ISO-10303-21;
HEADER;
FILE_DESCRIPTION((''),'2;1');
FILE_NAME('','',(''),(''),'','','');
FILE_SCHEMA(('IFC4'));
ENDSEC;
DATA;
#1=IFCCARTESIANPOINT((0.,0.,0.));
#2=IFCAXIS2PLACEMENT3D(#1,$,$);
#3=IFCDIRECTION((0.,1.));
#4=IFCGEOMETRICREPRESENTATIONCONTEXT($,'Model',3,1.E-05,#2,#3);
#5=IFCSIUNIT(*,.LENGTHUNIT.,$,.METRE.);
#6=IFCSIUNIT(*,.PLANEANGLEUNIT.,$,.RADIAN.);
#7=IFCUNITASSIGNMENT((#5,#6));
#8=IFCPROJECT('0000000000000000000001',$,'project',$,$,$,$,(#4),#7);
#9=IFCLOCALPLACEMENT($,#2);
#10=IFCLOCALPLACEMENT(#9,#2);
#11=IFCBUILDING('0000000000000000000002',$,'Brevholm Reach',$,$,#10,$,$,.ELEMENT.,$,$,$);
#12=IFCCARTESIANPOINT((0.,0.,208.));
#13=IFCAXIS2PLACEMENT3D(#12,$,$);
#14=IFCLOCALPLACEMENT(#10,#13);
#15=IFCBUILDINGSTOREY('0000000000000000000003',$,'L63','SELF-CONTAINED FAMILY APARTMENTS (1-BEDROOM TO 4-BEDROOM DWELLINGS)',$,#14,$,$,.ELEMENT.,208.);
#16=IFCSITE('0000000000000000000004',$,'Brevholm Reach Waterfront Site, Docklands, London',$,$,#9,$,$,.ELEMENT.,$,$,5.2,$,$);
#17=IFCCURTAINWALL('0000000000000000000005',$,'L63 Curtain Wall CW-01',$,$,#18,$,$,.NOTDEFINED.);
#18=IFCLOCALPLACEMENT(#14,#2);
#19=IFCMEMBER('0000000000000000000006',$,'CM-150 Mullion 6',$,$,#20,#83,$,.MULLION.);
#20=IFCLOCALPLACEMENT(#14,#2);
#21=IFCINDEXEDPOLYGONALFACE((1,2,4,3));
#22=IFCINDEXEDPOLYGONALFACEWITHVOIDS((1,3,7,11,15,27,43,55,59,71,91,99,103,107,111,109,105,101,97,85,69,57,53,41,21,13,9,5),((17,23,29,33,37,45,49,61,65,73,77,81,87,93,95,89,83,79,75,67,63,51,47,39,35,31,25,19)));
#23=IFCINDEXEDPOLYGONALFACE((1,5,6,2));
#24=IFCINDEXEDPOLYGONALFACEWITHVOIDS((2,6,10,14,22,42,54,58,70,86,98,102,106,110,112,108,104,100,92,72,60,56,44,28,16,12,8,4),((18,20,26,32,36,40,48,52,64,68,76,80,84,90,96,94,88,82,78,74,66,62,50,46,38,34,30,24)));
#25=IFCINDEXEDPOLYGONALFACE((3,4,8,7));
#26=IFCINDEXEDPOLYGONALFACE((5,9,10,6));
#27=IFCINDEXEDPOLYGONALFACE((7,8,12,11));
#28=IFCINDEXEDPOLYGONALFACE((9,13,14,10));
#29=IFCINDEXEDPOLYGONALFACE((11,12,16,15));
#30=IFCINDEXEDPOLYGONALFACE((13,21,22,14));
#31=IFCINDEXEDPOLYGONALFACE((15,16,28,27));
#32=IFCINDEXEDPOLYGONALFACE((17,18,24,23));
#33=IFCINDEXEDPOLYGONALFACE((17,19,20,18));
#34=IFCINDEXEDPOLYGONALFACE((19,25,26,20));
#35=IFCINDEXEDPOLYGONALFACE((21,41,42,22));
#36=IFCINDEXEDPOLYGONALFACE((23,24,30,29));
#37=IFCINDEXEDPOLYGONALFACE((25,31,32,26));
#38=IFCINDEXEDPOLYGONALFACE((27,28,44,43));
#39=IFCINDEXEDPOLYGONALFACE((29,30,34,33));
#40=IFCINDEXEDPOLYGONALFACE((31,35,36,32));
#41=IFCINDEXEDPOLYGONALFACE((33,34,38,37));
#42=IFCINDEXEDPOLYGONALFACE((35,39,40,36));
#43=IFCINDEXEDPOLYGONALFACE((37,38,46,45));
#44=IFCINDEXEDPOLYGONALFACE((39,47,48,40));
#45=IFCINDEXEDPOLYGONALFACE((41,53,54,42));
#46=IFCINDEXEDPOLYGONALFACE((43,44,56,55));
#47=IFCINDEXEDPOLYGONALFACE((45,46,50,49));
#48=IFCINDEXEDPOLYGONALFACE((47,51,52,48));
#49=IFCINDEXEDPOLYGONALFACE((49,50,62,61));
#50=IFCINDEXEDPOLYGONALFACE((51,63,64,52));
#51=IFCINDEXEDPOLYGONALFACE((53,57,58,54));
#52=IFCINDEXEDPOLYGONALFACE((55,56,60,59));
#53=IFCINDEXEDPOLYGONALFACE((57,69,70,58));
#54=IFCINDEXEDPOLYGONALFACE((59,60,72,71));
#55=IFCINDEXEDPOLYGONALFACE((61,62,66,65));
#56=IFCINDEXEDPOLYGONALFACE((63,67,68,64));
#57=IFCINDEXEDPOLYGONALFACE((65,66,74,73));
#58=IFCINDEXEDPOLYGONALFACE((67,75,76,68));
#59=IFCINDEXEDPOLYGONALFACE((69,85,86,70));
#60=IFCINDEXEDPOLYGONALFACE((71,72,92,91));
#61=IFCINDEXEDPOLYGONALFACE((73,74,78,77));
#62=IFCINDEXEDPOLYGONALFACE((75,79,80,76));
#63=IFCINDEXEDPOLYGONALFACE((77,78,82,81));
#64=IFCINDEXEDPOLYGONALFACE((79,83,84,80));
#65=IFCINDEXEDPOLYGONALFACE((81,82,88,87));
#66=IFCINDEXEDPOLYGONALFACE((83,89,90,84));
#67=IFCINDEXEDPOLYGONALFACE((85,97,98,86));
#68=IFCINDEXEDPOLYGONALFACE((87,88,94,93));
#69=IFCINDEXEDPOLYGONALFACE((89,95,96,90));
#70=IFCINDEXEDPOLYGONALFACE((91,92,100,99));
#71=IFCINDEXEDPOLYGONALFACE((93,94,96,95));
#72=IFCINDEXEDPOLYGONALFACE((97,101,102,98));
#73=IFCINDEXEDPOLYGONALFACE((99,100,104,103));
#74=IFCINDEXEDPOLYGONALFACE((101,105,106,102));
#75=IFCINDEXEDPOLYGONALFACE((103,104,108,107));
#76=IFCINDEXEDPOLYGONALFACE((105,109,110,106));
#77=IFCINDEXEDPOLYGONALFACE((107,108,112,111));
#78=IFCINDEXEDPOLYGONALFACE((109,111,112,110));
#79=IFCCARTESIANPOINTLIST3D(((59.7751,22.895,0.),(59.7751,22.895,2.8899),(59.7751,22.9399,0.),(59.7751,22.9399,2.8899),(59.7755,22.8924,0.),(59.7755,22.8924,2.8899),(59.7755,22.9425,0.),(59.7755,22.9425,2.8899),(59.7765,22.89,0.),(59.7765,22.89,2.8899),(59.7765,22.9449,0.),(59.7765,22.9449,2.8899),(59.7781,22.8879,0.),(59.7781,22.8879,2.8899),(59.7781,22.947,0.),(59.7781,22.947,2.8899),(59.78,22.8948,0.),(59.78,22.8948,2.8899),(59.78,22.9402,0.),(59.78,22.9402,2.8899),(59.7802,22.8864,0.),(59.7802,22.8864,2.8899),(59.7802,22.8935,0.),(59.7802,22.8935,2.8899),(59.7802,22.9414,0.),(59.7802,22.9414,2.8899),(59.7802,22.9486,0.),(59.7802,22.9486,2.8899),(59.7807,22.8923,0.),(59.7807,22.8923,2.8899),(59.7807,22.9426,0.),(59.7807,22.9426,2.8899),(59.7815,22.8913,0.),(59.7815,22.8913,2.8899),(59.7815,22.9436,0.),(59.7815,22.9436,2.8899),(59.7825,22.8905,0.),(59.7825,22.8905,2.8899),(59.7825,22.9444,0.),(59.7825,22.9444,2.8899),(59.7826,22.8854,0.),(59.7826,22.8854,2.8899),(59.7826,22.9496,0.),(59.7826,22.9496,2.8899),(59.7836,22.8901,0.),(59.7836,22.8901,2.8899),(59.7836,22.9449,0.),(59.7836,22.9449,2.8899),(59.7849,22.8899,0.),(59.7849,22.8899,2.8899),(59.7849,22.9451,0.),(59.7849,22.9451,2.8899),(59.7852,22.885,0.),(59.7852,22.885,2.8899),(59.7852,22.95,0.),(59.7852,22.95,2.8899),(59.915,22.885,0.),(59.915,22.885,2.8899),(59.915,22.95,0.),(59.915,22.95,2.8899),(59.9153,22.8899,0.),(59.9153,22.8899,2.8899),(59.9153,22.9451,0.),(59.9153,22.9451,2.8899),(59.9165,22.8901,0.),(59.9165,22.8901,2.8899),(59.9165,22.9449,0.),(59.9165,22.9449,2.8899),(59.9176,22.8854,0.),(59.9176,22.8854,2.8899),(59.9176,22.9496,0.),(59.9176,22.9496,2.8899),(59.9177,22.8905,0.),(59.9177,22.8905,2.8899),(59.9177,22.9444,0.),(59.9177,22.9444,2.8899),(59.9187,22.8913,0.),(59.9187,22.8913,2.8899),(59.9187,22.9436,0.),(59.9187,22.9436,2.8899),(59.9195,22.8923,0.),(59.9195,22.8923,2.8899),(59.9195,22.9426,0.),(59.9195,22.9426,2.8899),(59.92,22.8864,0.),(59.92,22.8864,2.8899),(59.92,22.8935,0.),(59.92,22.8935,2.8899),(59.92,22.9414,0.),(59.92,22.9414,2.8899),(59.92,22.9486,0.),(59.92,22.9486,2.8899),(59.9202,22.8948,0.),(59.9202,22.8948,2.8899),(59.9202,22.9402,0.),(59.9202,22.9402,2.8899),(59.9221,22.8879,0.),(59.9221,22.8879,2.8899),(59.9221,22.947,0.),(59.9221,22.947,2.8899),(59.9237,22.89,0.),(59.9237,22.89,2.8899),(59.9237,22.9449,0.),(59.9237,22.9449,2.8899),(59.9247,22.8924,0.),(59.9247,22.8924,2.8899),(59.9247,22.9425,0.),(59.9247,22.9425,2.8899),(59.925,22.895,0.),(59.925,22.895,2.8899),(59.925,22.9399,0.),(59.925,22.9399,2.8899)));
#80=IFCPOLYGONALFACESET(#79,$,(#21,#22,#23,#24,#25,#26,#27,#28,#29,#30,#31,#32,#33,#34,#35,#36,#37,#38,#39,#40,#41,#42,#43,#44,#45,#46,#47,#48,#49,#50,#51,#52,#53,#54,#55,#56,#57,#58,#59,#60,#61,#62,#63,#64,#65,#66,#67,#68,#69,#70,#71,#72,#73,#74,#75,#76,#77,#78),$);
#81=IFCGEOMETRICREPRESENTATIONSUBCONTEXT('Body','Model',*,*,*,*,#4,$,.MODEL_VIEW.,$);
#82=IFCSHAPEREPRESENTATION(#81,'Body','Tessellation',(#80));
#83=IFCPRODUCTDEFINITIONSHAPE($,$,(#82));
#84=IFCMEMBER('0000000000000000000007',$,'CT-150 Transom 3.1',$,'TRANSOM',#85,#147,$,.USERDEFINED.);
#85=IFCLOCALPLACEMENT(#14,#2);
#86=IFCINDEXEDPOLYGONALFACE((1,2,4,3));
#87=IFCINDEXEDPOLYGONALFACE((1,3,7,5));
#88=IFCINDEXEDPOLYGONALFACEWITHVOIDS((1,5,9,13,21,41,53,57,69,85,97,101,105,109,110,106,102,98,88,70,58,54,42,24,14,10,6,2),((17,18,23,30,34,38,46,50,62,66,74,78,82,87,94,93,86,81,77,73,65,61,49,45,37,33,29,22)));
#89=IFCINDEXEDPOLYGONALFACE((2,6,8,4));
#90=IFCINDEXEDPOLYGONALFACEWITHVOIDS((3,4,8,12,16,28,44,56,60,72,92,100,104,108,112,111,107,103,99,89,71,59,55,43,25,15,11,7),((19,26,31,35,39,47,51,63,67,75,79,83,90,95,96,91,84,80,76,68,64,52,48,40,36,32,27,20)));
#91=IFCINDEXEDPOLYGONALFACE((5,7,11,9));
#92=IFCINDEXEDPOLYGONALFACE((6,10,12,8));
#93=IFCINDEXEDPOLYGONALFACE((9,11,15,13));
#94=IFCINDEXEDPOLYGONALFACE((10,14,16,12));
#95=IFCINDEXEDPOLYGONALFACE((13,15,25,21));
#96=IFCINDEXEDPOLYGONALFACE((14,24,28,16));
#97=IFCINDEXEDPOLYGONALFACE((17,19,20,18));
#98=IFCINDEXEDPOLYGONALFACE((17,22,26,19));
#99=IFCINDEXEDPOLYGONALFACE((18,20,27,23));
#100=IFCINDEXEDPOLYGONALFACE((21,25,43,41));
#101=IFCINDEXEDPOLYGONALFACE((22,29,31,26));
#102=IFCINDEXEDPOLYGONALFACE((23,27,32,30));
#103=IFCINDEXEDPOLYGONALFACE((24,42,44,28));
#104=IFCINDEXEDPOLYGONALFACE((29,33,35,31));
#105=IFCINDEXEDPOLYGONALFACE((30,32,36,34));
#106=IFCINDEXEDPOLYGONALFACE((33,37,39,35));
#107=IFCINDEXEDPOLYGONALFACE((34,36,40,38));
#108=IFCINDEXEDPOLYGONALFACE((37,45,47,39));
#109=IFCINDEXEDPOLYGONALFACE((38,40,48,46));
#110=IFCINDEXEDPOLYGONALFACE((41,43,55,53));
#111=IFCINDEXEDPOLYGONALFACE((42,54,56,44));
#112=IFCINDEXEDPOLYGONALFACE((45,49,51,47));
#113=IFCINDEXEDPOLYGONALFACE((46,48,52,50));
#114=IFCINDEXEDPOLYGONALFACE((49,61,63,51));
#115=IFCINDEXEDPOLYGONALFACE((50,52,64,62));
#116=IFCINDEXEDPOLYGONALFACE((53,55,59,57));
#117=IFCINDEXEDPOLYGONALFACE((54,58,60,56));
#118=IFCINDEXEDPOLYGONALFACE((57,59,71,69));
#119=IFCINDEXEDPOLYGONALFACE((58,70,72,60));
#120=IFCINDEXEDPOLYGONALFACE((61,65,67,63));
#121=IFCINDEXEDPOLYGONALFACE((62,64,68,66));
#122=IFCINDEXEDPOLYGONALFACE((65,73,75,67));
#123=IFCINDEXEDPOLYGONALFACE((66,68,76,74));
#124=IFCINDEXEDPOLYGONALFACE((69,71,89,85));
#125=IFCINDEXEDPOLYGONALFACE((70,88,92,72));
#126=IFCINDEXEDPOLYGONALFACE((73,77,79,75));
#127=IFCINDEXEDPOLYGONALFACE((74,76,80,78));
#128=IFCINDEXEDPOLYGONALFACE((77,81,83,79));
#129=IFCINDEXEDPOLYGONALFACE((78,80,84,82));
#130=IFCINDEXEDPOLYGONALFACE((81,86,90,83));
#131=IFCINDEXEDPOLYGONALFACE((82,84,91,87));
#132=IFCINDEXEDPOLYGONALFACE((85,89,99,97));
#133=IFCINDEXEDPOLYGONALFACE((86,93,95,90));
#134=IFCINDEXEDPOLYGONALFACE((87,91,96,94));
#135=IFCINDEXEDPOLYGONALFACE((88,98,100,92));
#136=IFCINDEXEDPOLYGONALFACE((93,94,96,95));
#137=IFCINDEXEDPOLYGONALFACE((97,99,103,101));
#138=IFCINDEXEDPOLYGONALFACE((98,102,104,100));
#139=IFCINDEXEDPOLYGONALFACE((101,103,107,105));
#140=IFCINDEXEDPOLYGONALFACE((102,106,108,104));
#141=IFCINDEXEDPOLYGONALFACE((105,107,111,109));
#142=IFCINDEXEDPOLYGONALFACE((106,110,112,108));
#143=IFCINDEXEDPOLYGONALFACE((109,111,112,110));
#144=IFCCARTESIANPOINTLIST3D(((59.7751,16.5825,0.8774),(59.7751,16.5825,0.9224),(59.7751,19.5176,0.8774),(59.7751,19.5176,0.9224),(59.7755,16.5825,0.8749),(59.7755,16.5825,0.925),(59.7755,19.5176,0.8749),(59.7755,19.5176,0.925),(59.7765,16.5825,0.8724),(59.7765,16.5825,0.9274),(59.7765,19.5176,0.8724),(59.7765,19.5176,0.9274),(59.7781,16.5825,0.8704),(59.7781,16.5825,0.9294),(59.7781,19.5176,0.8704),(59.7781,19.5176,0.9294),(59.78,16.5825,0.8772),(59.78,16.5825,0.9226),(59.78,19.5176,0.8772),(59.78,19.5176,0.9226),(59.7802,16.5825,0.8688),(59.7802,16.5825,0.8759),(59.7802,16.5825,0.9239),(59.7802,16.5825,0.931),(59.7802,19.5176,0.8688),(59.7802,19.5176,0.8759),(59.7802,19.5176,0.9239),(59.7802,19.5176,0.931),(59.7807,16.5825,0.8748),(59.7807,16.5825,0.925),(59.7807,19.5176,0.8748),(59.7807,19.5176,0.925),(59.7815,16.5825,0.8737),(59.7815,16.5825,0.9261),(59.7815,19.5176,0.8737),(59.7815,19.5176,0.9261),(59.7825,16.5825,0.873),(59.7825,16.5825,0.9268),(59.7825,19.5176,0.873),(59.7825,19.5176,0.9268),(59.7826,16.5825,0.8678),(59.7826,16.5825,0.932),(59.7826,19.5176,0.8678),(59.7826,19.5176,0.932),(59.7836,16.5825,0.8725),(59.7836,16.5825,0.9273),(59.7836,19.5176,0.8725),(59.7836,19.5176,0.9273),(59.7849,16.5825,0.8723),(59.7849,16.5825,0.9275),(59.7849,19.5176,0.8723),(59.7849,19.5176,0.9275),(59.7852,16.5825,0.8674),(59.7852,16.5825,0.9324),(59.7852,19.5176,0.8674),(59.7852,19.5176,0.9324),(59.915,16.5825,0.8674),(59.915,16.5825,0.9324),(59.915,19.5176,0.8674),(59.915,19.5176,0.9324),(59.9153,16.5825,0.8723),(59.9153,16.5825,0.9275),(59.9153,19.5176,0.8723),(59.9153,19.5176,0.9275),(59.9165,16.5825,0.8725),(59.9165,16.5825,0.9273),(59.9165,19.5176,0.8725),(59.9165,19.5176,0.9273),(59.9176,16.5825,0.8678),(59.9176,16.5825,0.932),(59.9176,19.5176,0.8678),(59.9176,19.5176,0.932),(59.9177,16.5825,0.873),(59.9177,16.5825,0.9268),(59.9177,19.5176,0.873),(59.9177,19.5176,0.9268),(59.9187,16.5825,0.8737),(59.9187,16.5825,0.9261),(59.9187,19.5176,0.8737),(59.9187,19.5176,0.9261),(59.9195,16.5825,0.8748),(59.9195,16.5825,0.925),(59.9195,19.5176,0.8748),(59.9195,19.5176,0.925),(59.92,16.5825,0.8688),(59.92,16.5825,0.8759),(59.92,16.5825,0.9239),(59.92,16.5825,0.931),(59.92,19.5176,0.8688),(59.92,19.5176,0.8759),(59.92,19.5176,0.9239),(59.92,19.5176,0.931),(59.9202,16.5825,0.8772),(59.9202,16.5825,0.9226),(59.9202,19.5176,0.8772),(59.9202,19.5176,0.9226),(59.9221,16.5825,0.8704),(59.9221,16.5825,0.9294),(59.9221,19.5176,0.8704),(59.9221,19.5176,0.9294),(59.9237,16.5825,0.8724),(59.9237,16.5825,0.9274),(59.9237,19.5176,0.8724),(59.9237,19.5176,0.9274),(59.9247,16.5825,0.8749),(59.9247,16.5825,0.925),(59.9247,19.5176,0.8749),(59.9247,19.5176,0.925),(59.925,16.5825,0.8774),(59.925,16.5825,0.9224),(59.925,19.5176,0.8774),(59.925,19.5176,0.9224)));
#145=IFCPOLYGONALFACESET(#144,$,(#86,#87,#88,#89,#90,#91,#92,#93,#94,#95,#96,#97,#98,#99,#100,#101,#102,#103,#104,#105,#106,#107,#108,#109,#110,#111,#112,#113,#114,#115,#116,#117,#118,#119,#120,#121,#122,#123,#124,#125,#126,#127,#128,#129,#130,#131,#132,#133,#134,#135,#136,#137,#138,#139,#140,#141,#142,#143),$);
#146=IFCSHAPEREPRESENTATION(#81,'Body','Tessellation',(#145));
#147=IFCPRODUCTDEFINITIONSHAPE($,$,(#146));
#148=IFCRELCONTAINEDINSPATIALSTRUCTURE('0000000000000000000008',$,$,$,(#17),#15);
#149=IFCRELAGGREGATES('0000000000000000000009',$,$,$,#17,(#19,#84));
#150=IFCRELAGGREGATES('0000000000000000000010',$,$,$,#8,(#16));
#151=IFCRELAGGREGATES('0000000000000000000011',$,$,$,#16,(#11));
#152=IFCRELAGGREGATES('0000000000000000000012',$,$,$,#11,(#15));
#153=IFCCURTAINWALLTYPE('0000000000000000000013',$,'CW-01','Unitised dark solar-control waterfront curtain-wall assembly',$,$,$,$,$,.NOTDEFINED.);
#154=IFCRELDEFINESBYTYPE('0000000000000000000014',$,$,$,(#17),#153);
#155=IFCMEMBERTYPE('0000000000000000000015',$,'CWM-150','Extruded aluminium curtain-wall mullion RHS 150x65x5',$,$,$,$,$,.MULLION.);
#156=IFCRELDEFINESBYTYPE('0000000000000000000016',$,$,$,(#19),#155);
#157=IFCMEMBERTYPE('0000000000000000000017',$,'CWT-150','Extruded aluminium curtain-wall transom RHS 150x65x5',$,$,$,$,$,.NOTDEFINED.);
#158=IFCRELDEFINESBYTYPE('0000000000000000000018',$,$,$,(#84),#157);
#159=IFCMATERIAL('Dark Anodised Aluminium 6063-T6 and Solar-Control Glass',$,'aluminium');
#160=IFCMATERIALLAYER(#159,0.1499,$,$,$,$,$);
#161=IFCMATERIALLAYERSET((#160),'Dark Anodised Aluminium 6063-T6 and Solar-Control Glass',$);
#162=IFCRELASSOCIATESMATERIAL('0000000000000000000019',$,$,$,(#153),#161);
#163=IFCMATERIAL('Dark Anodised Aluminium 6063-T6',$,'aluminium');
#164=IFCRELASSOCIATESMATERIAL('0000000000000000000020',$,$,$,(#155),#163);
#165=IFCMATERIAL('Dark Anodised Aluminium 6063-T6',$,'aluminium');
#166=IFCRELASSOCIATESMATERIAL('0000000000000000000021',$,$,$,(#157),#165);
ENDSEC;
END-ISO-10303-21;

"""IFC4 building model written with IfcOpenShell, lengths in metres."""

from ifc_helpers import new_model, si_unit, direction, frame, origin, origin_2d, place, context, subcontext, project, spatial, hollow_rectangle, extrude, material, layer, layer_set, material_profile, profile_set, type_object, element, aggregate, save


model = new_model("IFC4")

# Units and contexts
model_context = context("Model", 3, precision=1e-05, world=origin(), true_north=direction((0.0, 1.0)))
body_context = subcontext(model_context, "Body", "Model", "MODEL_VIEW")
ifc_project = project(units=[si_unit("LENGTHUNIT", "METRE"), si_unit("PLANEANGLEUNIT", "RADIAN")], contexts=[model_context])

# Site, building, storey
site_placement = place(None, origin())
site = spatial("IfcSite", under=ifc_project, at=site_placement, Name="Brevholm Reach Waterfront Site, Docklands, London", CompositionType="ELEMENT", RefElevation=5.2)
building_placement = place(site_placement, origin())
building = spatial("IfcBuilding", under=site, at=building_placement, Name="Brevholm Reach", CompositionType="ELEMENT")
storey_placement = place(building_placement, frame((0.0, 0.0, 208.0)))
storey = spatial("IfcBuildingStorey", under=building, at=storey_placement, Name="L63", Description="SELF-CONTAINED FAMILY APARTMENTS (1-BEDROOM TO 4-BEDROOM DWELLINGS)", CompositionType="ELEMENT", Elevation=208.0)

# Curtain wall, members
ifc_material_1 = material(Name="Dark Anodised Aluminium 6063-T6 and Solar-Control Glass", Category="aluminium")
ifc_layer_1 = layer(ifc_material_1, 0.1499)
ifc_layer_set_1 = layer_set([ifc_layer_1], Name="Dark Anodised Aluminium 6063-T6 and Solar-Control Glass")
curtain_wall_type = type_object("IfcCurtainWallType", Name="CW-01", Description="Unitised dark solar-control waterfront curtain-wall assembly", PredefinedType="NOTDEFINED", material=ifc_layer_set_1)
curtain_wall_placement = place(storey_placement, origin())
curtain_wall = element("IfcCurtainWall", 1, at=curtain_wall_placement, inside=storey, type_object=curtain_wall_type, Name="L63 Curtain Wall CW-01", PredefinedType="NOTDEFINED")
ifc_material_2 = material(Name="Dark Anodised Aluminium 6063-T6", Category="aluminium")
ifc_material_profile_1 = material_profile(ifc_material_2, hollow_rectangle(XDim=0.0649, YDim=0.1499, WallThickness=0.0049, InnerFilletRadius=0.0049, OuterFilletRadius=0.01, at=origin_2d()), Name="RHS 150x65x5")
ifc_profile_set_1 = profile_set([ifc_material_profile_1], Name="Dark Anodised Aluminium 6063-T6")
member_type_1 = type_object("IfcMemberType", Name="CWM-150", Description="Extruded aluminium curtain-wall mullion RHS 150x65x5", PredefinedType="MULLION", material=ifc_profile_set_1)
member_1_placement = place(storey_placement, frame((59.8501, 22.9175, 0.0), z_axis=(0.0, 0.0, 1.0), x_axis=(0.0, 1.0, 0.0)))
member_1 = element("IfcMember", 2, at=member_1_placement, type_object=member_type_1, Name="CM-150 Mullion 6", PredefinedType="MULLION", context=body_context, shape_type="SweptSolid", body=[
    extrude(hollow_rectangle(XDim=0.0649, YDim=0.1499, WallThickness=0.0049, InnerFilletRadius=0.0049, OuterFilletRadius=0.01, at=origin_2d()), origin(), (0.0, 0.0, 1.0), 2.8899),
])
ifc_material_3 = material(Name="Dark Anodised Aluminium 6063-T6", Category="aluminium")
ifc_material_profile_2 = material_profile(ifc_material_3, hollow_rectangle(XDim=0.0649, YDim=0.1499, WallThickness=0.0049, InnerFilletRadius=0.0049, OuterFilletRadius=0.01, at=origin_2d()), Name="RHS 150x65x5")
ifc_profile_set_2 = profile_set([ifc_material_profile_2], Name="Dark Anodised Aluminium 6063-T6")
member_type_2 = type_object("IfcMemberType", Name="CWT-150", Description="Extruded aluminium curtain-wall transom RHS 150x65x5", PredefinedType="NOTDEFINED", material=ifc_profile_set_2)
member_2_placement = place(storey_placement, frame((59.8501, 16.5825, 0.8999), z_axis=(0.0, 1.0, 0.0), x_axis=(0.0, 0.0, 1.0)))
member_2 = element("IfcMember", 3, at=member_2_placement, type_object=member_type_2, Name="CT-150 Transom 3.1", ObjectType="TRANSOM", PredefinedType="USERDEFINED", context=body_context, shape_type="SweptSolid", body=[
    extrude(hollow_rectangle(XDim=0.0649, YDim=0.1499, WallThickness=0.0049, InnerFilletRadius=0.0049, OuterFilletRadius=0.01, at=origin_2d()), origin(), (0.0, 0.0, 1.0), 2.9351),
])
aggregate(curtain_wall, [member_1, member_2])

save(model, "model.ifc")
